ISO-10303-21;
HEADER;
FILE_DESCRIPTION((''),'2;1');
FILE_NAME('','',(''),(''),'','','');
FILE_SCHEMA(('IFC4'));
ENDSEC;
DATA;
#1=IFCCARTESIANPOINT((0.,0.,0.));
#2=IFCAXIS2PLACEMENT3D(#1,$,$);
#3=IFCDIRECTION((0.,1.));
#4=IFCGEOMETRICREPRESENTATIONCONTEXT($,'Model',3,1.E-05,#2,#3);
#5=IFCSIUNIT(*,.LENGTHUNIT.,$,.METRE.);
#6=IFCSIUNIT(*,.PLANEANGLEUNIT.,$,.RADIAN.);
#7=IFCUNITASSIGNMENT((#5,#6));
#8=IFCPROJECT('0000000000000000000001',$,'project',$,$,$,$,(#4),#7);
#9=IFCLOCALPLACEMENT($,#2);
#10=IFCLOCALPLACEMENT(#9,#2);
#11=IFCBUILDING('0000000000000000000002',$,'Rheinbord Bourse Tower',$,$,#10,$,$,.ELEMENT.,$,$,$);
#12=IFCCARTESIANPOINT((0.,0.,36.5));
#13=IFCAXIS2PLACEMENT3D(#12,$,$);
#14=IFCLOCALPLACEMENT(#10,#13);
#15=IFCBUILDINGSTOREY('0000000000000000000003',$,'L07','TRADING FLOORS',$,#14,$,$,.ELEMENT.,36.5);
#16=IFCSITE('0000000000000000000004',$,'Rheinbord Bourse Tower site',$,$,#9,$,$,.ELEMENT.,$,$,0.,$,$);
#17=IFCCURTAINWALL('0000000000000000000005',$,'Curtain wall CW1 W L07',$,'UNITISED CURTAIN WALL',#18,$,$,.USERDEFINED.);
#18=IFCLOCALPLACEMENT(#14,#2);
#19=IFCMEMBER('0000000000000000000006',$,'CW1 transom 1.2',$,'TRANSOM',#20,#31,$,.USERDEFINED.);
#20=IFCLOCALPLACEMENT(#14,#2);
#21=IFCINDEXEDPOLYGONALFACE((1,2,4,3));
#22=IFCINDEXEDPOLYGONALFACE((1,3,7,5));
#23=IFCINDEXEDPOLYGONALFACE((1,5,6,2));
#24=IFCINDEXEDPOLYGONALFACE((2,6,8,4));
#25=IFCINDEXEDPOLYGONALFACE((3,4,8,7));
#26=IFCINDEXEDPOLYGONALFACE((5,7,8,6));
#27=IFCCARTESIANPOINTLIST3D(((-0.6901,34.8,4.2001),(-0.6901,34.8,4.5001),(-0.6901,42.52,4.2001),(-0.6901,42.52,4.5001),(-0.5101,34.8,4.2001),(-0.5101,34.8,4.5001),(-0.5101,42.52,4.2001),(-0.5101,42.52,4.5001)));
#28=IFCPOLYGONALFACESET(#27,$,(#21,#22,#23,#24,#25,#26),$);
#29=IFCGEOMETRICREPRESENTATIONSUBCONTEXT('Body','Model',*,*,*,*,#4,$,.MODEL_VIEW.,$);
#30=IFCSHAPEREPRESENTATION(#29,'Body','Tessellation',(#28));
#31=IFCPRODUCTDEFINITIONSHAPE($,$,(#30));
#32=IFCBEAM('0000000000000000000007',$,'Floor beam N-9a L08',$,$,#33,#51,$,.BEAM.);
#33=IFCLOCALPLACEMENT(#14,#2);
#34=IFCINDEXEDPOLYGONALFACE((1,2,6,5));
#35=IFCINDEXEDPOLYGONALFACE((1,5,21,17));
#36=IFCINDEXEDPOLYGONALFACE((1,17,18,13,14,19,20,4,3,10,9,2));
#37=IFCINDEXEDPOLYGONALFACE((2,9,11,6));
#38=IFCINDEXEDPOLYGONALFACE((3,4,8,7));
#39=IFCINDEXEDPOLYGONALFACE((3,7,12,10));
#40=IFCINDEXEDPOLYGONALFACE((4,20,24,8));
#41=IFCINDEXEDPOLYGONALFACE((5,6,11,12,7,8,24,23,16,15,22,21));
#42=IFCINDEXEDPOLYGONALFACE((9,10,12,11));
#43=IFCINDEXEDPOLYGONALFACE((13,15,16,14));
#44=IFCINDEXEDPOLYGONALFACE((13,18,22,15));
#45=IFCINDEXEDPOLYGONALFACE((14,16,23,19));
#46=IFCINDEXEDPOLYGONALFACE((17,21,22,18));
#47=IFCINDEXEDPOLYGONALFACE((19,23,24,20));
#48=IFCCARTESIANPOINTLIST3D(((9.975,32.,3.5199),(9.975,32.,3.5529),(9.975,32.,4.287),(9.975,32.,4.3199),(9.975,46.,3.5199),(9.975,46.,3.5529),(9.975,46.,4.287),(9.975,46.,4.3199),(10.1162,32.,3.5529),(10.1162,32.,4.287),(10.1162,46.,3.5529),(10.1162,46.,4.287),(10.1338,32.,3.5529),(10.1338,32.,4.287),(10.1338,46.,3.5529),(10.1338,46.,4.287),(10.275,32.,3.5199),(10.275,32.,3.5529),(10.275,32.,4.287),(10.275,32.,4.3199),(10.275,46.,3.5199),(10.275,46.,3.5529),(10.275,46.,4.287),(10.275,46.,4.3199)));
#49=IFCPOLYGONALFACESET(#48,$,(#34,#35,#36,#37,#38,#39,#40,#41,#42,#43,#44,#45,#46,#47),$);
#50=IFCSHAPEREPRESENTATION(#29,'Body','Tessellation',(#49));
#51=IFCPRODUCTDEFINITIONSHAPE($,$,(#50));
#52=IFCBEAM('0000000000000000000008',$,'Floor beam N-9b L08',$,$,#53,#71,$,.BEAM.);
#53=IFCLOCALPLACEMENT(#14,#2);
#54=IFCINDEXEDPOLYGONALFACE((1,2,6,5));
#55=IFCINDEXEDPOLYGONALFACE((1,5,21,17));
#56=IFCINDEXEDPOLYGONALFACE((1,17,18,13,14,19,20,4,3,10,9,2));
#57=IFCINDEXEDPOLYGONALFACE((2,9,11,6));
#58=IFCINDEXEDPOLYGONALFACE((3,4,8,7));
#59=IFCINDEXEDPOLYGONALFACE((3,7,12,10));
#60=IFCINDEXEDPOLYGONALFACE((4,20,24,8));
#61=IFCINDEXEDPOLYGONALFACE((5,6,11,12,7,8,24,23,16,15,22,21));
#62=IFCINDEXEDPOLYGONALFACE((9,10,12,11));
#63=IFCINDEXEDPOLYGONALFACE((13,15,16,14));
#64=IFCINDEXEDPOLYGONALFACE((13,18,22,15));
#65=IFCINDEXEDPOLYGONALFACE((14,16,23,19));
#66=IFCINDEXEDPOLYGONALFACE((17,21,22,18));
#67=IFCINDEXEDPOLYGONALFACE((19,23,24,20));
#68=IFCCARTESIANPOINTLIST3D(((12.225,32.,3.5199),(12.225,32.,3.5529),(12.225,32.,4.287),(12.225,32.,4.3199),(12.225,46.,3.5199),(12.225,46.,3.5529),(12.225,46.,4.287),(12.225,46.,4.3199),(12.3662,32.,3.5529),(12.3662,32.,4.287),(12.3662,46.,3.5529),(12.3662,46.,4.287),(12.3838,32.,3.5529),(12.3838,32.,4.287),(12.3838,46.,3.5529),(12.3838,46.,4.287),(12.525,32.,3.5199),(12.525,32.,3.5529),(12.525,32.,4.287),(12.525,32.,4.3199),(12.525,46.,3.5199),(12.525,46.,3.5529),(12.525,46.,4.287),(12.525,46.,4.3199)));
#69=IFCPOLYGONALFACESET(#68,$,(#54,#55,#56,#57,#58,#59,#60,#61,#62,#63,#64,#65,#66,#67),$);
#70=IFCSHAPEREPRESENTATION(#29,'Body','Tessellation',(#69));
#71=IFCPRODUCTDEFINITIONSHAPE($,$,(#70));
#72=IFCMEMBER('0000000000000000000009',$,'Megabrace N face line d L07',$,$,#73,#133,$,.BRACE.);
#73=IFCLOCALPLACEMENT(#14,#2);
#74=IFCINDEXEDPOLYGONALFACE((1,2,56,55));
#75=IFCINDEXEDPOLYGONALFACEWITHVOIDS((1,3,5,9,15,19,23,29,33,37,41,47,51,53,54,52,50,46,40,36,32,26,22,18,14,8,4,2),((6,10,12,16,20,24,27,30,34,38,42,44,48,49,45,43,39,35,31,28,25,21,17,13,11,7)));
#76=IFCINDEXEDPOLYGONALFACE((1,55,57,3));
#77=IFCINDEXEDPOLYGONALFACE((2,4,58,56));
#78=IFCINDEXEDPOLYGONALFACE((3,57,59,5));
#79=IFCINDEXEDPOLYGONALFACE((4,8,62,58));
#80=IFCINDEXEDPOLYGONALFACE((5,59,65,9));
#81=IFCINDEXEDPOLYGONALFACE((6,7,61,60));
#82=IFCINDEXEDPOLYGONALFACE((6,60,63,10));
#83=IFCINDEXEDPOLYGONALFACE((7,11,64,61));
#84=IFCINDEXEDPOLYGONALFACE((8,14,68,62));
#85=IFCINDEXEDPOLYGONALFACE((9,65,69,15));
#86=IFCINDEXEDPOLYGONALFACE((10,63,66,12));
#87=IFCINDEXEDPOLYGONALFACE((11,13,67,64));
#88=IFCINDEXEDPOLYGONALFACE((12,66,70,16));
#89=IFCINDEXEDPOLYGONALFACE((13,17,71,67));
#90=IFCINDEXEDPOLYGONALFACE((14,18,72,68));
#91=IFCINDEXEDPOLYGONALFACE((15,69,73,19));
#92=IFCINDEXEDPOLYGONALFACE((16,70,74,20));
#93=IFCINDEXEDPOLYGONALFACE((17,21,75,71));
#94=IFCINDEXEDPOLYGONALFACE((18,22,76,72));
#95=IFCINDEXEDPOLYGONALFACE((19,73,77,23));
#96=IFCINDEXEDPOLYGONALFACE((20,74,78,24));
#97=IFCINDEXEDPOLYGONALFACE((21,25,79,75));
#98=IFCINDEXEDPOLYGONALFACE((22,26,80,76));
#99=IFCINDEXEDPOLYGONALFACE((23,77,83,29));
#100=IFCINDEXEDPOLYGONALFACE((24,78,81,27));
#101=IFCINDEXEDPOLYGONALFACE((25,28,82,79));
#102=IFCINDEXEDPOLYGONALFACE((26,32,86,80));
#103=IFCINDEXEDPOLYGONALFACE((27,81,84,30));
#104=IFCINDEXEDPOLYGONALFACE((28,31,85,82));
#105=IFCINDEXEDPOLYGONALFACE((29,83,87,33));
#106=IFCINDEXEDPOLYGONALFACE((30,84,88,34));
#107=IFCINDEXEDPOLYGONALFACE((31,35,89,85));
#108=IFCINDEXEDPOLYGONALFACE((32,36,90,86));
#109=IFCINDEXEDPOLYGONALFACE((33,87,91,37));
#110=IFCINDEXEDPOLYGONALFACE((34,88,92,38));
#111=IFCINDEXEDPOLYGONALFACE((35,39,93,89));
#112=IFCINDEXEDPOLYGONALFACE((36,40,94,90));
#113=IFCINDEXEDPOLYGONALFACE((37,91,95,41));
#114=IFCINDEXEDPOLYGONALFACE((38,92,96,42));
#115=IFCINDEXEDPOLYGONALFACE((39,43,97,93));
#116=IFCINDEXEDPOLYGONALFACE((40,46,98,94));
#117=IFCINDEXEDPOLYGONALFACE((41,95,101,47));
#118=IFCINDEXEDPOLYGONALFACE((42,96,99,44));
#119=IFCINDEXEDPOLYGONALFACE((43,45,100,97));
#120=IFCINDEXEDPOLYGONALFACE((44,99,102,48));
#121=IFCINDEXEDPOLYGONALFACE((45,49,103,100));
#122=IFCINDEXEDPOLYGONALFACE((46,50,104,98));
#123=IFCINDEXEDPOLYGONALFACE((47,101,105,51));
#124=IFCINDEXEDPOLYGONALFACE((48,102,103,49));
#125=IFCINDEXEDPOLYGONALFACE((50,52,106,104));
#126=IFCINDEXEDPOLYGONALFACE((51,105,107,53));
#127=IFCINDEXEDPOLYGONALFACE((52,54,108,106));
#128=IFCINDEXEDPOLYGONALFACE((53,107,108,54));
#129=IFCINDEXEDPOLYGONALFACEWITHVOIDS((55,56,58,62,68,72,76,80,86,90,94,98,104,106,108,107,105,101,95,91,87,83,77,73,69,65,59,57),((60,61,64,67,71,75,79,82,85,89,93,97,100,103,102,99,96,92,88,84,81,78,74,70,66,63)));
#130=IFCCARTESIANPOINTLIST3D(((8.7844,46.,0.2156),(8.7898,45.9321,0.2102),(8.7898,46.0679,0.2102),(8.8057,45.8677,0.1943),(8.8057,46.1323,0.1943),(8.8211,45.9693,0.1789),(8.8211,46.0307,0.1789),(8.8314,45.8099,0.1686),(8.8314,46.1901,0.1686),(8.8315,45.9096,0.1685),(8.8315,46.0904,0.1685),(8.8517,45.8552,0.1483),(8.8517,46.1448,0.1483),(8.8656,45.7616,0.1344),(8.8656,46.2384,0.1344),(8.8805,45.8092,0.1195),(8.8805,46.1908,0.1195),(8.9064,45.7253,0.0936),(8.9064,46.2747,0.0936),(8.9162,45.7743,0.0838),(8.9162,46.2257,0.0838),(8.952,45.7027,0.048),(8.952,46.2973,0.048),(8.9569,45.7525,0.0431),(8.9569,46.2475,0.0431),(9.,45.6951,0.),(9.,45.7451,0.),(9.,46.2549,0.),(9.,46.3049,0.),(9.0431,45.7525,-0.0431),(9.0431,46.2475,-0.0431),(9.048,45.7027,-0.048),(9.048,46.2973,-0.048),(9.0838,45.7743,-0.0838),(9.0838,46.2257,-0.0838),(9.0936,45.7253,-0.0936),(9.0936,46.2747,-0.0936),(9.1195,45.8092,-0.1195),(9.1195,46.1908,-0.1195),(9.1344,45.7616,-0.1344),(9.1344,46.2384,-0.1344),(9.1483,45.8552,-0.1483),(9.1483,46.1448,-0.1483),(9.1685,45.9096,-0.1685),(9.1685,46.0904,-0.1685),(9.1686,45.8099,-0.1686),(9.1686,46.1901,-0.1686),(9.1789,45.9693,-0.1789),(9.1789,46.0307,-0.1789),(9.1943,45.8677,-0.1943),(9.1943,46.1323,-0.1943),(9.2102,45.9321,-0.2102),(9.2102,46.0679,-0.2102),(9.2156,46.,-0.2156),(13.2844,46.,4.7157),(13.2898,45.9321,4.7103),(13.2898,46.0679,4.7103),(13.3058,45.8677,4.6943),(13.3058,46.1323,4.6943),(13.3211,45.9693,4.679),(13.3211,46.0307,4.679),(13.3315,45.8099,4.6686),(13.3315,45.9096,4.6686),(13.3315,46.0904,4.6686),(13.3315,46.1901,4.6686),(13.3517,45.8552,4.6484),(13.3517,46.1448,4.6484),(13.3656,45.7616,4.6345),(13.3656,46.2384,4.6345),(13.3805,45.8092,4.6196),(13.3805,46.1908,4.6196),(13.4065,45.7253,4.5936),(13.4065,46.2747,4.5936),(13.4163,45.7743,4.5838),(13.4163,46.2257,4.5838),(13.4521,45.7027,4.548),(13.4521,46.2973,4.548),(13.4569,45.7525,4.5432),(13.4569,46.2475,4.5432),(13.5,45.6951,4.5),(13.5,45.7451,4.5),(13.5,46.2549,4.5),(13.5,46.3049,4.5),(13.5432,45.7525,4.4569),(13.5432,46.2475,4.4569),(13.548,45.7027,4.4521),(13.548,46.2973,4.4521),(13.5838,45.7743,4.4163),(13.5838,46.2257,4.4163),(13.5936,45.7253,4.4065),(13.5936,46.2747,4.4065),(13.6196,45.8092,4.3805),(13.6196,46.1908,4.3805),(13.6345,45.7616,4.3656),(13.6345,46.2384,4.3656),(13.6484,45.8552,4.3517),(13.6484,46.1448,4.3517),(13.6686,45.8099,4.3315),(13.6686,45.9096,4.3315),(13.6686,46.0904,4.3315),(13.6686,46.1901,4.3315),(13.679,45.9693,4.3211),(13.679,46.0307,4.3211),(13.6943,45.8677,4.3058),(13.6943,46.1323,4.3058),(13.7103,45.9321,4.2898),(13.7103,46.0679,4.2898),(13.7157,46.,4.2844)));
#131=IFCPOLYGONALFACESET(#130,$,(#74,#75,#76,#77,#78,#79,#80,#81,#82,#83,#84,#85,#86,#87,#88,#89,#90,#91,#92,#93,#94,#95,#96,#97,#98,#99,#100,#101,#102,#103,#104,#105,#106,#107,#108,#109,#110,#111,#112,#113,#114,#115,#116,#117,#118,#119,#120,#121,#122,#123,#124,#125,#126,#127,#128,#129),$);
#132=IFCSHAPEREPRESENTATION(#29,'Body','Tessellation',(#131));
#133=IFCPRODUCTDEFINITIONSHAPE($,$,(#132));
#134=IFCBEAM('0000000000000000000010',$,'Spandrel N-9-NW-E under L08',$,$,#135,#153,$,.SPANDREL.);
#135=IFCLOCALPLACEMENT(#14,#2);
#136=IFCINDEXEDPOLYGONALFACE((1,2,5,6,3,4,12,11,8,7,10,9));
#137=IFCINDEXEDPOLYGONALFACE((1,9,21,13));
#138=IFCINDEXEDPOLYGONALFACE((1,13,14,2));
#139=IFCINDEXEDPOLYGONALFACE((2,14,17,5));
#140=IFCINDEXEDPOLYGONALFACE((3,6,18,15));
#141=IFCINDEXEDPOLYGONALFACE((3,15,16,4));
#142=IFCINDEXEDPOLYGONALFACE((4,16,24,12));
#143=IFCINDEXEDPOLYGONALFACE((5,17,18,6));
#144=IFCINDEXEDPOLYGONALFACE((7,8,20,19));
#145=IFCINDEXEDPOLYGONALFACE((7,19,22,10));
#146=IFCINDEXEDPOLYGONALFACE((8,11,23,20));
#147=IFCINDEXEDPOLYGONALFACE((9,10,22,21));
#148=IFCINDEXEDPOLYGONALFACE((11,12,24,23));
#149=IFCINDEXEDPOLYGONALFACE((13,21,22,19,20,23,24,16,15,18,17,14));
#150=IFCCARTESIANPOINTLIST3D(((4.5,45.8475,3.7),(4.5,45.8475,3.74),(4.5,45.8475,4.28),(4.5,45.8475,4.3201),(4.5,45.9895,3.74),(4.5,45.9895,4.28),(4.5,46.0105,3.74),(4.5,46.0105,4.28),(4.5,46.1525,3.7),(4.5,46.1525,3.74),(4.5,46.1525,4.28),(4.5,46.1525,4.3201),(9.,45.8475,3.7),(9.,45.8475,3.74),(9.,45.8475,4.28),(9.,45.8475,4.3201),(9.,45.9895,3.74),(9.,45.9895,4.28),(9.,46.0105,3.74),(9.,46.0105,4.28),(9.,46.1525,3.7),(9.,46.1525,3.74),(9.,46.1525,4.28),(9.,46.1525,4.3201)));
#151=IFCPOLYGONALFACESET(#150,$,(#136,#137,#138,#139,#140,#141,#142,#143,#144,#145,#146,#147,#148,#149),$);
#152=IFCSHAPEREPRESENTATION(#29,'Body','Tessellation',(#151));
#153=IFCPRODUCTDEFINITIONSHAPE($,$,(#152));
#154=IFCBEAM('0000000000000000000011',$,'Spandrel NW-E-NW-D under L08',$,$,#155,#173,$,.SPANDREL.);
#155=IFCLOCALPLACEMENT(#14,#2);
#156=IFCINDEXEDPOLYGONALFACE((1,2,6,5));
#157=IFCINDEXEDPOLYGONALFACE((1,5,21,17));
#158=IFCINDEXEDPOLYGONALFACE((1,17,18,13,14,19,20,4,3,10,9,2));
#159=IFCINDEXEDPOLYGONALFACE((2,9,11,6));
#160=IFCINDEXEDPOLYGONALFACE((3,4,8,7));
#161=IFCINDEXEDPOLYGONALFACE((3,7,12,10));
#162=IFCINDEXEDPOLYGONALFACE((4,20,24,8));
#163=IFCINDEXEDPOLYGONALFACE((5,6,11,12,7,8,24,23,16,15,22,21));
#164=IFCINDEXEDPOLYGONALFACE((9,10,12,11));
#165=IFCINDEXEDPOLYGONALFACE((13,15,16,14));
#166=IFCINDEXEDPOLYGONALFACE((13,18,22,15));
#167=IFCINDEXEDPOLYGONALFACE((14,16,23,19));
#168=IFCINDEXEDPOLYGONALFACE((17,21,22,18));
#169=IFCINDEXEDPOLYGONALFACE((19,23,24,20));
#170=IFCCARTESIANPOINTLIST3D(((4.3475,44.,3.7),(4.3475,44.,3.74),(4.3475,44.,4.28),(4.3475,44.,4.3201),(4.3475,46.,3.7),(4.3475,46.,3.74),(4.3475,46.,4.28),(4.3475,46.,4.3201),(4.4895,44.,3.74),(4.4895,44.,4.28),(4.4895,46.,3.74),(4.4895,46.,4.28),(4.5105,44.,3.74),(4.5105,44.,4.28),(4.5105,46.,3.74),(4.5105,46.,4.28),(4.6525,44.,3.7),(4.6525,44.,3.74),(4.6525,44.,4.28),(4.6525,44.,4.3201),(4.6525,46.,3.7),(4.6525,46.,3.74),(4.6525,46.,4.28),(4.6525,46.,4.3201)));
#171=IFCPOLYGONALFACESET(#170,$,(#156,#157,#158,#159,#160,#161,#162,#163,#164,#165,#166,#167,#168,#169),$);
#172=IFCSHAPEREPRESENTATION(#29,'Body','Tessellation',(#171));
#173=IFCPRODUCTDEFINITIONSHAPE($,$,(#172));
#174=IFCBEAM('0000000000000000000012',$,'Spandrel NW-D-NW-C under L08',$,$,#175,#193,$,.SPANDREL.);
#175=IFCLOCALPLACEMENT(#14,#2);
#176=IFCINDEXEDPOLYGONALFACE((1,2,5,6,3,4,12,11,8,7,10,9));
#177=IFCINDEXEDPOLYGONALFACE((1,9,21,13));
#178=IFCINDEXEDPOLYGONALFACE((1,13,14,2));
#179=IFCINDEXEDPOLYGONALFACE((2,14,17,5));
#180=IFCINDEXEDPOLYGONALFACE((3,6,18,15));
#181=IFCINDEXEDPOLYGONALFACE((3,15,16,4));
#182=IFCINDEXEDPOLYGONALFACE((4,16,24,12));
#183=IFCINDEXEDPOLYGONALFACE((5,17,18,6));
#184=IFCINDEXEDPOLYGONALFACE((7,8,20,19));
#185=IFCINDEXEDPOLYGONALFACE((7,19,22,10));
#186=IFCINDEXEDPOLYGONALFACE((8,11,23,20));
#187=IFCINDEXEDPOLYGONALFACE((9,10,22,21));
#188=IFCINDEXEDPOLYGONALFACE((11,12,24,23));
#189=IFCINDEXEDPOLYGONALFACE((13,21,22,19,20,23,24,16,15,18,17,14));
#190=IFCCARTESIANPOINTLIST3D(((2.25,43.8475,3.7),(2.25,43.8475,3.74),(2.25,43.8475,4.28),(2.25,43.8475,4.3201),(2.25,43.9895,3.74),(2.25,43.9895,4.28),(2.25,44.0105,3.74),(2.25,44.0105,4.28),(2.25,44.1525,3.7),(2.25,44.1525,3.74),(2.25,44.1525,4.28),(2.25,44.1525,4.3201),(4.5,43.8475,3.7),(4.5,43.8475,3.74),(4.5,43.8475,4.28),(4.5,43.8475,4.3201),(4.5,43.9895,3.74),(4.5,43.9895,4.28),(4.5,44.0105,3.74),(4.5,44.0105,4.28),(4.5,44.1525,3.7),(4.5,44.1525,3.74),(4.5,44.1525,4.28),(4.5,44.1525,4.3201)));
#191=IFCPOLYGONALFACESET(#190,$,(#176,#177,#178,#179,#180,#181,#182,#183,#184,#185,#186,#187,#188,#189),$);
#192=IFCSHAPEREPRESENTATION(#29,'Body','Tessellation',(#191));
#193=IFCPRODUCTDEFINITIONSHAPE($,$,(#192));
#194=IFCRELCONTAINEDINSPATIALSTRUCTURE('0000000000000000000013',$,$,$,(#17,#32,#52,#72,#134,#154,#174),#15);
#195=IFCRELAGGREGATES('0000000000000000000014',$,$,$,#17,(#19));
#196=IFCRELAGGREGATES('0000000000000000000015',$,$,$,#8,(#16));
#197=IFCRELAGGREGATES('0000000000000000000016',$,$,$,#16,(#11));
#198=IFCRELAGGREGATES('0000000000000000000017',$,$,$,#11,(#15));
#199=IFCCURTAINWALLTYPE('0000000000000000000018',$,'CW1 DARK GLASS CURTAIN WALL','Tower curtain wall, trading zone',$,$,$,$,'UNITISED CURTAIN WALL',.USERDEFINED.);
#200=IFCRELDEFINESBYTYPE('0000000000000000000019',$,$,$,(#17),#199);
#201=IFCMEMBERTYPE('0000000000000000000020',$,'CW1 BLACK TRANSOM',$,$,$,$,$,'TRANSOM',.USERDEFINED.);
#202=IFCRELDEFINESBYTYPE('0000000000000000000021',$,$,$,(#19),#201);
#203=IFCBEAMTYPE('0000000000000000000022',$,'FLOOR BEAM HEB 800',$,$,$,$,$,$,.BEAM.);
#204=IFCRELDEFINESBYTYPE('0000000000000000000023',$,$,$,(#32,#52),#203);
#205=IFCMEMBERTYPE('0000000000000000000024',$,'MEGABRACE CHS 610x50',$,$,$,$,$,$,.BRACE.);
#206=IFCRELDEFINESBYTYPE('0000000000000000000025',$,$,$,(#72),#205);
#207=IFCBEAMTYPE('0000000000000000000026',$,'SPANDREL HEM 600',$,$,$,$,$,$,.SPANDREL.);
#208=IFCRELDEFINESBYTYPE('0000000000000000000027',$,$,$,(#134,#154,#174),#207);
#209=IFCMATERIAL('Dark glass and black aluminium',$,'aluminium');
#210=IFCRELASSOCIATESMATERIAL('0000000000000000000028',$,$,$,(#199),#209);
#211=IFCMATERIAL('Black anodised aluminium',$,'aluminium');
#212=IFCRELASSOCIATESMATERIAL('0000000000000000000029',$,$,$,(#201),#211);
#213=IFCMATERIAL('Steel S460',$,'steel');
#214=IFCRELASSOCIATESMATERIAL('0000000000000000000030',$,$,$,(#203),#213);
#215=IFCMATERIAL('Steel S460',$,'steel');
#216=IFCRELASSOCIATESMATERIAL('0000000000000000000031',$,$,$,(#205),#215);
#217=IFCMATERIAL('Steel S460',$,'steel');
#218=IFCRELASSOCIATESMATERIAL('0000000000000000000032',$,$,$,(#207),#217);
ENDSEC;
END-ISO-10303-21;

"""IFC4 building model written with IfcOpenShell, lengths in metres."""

from ifc_helpers import new_model, si_unit, direction, frame, origin, origin_2d, place, context, subcontext, project, spatial, rectangle, hollow_circle, i_section, extrude, material, material_profile, profile_set, type_object, element, aggregate, save


model = new_model("IFC4")

# Units and contexts
model_context = context("Model", 3, precision=1e-05, world=origin(), true_north=direction((0.0, 1.0)))
body_context = subcontext(model_context, "Body", "Model", "MODEL_VIEW")
ifc_project = project(units=[si_unit("LENGTHUNIT", "METRE"), si_unit("PLANEANGLEUNIT", "RADIAN")], contexts=[model_context])

# Site, building, storey
site_placement = place(None, origin())
site = spatial("IfcSite", under=ifc_project, at=site_placement, Name="Rheinbord Bourse Tower site", CompositionType="ELEMENT", RefElevation=0.0)
building_placement = place(site_placement, origin())
building = spatial("IfcBuilding", under=site, at=building_placement, Name="Rheinbord Bourse Tower", CompositionType="ELEMENT")
storey_placement = place(building_placement, frame((0.0, 0.0, 36.5)))
storey = spatial("IfcBuildingStorey", under=building, at=storey_placement, Name="L07", Description="TRADING FLOORS", CompositionType="ELEMENT", Elevation=36.5)

# Shared definitions
ifc_material_1 = material(Name="Dark glass and black aluminium", Category="aluminium")
curtain_wall_type = type_object("IfcCurtainWallType", Name="CW1 DARK GLASS CURTAIN WALL", Description="Tower curtain wall, trading zone", ElementType="UNITISED CURTAIN WALL", PredefinedType="USERDEFINED", material=ifc_material_1)

# Curtain wall
curtain_wall_1_placement = place(storey_placement, origin())
curtain_wall_1 = element("IfcCurtainWall", 1, at=curtain_wall_1_placement, inside=storey, type_object=curtain_wall_type, Name="Curtain wall CW1 W L07", ObjectType="UNITISED CURTAIN WALL", PredefinedType="USERDEFINED")

# Member
ifc_material_2 = material(Name="Black anodised aluminium", Category="aluminium")
ifc_material_profile_1 = material_profile(ifc_material_2, rectangle(XDim=0.1799, YDim=0.3, at=origin_2d()), Name="CW1 TRANSOM 300x180")
ifc_profile_set_1 = profile_set([ifc_material_profile_1], Name="Black anodised aluminium")
member_type_1 = type_object("IfcMemberType", Name="CW1 BLACK TRANSOM", ElementType="TRANSOM", PredefinedType="USERDEFINED", material=ifc_profile_set_1)
member_1_placement = place(storey_placement, frame((-0.6001, 42.52, 4.3501), z_axis=(0.0, -1.0, 0.0), x_axis=(1.0, 0.0, 0.0)))
member_1 = element("IfcMember", 2, at=member_1_placement, type_object=member_type_1, Name="CW1 transom 1.2", ObjectType="TRANSOM", PredefinedType="USERDEFINED", context=body_context, shape_type="SweptSolid", body=[
    extrude(rectangle(XDim=0.1799, YDim=0.3, at=origin_2d()), origin(), (0.0, 0.0, 1.0), 7.72),
])

# Beams
ifc_material_3 = material(Name="Steel S460", Category="steel")
ifc_material_profile_2 = material_profile(ifc_material_3, i_section(OverallWidth=0.3, OverallDepth=0.8, WebThickness=0.0176, FlangeThickness=0.033, at=origin_2d()), Name="HEB 800")
ifc_profile_set_2 = profile_set([ifc_material_profile_2], Name="Steel S460")
beam_type_1 = type_object("IfcBeamType", Name="FLOOR BEAM HEB 800", PredefinedType="BEAM", material=ifc_profile_set_2)
for number, where, z_axis, x_axis, name in (
    (3, (10.125, 46.0, 3.9199), (0.0, -1.0, 0.0), (1.0, 0.0, 0.0), "Floor beam N-9a L08"),
    (4, (12.375, 46.0, 3.9199), (0.0, -1.0, 0.0), (1.0, 0.0, 0.0), "Floor beam N-9b L08"),
):
    element("IfcBeam", number, at=place(storey_placement, frame(where, z_axis=z_axis, x_axis=x_axis)), inside=storey, type_object=beam_type_1, Name=name, PredefinedType="BEAM", context=body_context, shape_type="SweptSolid", body=[
        extrude(i_section(OverallWidth=0.3, OverallDepth=0.8, WebThickness=0.0176, FlangeThickness=0.033, at=origin_2d()), origin(), (0.0, 0.0, 1.0), 14.0),
    ])

# Member
ifc_material_4 = material(Name="Steel S460", Category="steel")
ifc_material_profile_3 = material_profile(ifc_material_4, hollow_circle(Radius=0.3049, WallThickness=0.05, at=origin_2d()), Name="CHS 610x50")
ifc_profile_set_3 = profile_set([ifc_material_profile_3], Name="Steel S460")
member_type_2 = type_object("IfcMemberType", Name="MEGABRACE CHS 610x50", PredefinedType="BRACE", material=ifc_profile_set_3)
member_2_placement = place(storey_placement, frame((9.0, 46.0, 0.0), z_axis=(0.707107, 0.0, 0.707107), x_axis=(0.0, 1.0, 0.0)))
element("IfcMember", 5, at=member_2_placement, inside=storey, type_object=member_type_2, Name="Megabrace N face line d L07", PredefinedType="BRACE", context=body_context, shape_type="SweptSolid", body=[
    extrude(hollow_circle(Radius=0.3049, WallThickness=0.05, at=origin_2d()), origin(), (0.0, 0.0, 1.0), 6.364),
])

# Beams
ifc_material_5 = material(Name="Steel S460", Category="steel")
ifc_material_profile_4 = material_profile(ifc_material_5, i_section(OverallWidth=0.3049, OverallDepth=0.6201, WebThickness=0.021, FlangeThickness=0.04, at=origin_2d()), Name="HEM 600")
ifc_profile_set_4 = profile_set([ifc_material_profile_4], Name="Steel S460")
beam_type_2 = type_object("IfcBeamType", Name="SPANDREL HEM 600", PredefinedType="SPANDREL", material=ifc_profile_set_4)
beam_1_placement = place(storey_placement, frame((9.0, 46.0, 4.01), z_axis=(-1.0, 0.0, 0.0), x_axis=(0.0, -1.0, 0.0)))
element("IfcBeam", 6, at=beam_1_placement, inside=storey, type_object=beam_type_2, Name="Spandrel N-9-NW-E under L08", PredefinedType="SPANDREL", context=body_context, shape_type="SweptSolid", body=[
    extrude(i_section(OverallWidth=0.3049, OverallDepth=0.6201, WebThickness=0.021, FlangeThickness=0.04, at=origin_2d()), origin(), (0.0, 0.0, 1.0), 4.5),
])
beam_2_placement = place(storey_placement, frame((4.5, 46.0, 4.01), z_axis=(0.0, -1.0, 0.0), x_axis=(1.0, 0.0, 0.0)))
element("IfcBeam", 7, at=beam_2_placement, inside=storey, type_object=beam_type_2, Name="Spandrel NW-E-NW-D under L08", PredefinedType="SPANDREL", context=body_context, shape_type="SweptSolid", body=[
    extrude(i_section(OverallWidth=0.3049, OverallDepth=0.6201, WebThickness=0.021, FlangeThickness=0.04, at=origin_2d()), origin(), (0.0, 0.0, 1.0), 2.0),
])
beam_3_placement = place(storey_placement, frame((4.5, 44.0, 4.01), z_axis=(-1.0, 0.0, 0.0), x_axis=(0.0, -1.0, 0.0)))
element("IfcBeam", 8, at=beam_3_placement, inside=storey, type_object=beam_type_2, Name="Spandrel NW-D-NW-C under L08", PredefinedType="SPANDREL", context=body_context, shape_type="SweptSolid", body=[
    extrude(i_section(OverallWidth=0.3049, OverallDepth=0.6201, WebThickness=0.021, FlangeThickness=0.04, at=origin_2d()), origin(), (0.0, 0.0, 1.0), 2.25),
])

aggregate(curtain_wall_1, [member_1])

save(model, "model.ifc")
